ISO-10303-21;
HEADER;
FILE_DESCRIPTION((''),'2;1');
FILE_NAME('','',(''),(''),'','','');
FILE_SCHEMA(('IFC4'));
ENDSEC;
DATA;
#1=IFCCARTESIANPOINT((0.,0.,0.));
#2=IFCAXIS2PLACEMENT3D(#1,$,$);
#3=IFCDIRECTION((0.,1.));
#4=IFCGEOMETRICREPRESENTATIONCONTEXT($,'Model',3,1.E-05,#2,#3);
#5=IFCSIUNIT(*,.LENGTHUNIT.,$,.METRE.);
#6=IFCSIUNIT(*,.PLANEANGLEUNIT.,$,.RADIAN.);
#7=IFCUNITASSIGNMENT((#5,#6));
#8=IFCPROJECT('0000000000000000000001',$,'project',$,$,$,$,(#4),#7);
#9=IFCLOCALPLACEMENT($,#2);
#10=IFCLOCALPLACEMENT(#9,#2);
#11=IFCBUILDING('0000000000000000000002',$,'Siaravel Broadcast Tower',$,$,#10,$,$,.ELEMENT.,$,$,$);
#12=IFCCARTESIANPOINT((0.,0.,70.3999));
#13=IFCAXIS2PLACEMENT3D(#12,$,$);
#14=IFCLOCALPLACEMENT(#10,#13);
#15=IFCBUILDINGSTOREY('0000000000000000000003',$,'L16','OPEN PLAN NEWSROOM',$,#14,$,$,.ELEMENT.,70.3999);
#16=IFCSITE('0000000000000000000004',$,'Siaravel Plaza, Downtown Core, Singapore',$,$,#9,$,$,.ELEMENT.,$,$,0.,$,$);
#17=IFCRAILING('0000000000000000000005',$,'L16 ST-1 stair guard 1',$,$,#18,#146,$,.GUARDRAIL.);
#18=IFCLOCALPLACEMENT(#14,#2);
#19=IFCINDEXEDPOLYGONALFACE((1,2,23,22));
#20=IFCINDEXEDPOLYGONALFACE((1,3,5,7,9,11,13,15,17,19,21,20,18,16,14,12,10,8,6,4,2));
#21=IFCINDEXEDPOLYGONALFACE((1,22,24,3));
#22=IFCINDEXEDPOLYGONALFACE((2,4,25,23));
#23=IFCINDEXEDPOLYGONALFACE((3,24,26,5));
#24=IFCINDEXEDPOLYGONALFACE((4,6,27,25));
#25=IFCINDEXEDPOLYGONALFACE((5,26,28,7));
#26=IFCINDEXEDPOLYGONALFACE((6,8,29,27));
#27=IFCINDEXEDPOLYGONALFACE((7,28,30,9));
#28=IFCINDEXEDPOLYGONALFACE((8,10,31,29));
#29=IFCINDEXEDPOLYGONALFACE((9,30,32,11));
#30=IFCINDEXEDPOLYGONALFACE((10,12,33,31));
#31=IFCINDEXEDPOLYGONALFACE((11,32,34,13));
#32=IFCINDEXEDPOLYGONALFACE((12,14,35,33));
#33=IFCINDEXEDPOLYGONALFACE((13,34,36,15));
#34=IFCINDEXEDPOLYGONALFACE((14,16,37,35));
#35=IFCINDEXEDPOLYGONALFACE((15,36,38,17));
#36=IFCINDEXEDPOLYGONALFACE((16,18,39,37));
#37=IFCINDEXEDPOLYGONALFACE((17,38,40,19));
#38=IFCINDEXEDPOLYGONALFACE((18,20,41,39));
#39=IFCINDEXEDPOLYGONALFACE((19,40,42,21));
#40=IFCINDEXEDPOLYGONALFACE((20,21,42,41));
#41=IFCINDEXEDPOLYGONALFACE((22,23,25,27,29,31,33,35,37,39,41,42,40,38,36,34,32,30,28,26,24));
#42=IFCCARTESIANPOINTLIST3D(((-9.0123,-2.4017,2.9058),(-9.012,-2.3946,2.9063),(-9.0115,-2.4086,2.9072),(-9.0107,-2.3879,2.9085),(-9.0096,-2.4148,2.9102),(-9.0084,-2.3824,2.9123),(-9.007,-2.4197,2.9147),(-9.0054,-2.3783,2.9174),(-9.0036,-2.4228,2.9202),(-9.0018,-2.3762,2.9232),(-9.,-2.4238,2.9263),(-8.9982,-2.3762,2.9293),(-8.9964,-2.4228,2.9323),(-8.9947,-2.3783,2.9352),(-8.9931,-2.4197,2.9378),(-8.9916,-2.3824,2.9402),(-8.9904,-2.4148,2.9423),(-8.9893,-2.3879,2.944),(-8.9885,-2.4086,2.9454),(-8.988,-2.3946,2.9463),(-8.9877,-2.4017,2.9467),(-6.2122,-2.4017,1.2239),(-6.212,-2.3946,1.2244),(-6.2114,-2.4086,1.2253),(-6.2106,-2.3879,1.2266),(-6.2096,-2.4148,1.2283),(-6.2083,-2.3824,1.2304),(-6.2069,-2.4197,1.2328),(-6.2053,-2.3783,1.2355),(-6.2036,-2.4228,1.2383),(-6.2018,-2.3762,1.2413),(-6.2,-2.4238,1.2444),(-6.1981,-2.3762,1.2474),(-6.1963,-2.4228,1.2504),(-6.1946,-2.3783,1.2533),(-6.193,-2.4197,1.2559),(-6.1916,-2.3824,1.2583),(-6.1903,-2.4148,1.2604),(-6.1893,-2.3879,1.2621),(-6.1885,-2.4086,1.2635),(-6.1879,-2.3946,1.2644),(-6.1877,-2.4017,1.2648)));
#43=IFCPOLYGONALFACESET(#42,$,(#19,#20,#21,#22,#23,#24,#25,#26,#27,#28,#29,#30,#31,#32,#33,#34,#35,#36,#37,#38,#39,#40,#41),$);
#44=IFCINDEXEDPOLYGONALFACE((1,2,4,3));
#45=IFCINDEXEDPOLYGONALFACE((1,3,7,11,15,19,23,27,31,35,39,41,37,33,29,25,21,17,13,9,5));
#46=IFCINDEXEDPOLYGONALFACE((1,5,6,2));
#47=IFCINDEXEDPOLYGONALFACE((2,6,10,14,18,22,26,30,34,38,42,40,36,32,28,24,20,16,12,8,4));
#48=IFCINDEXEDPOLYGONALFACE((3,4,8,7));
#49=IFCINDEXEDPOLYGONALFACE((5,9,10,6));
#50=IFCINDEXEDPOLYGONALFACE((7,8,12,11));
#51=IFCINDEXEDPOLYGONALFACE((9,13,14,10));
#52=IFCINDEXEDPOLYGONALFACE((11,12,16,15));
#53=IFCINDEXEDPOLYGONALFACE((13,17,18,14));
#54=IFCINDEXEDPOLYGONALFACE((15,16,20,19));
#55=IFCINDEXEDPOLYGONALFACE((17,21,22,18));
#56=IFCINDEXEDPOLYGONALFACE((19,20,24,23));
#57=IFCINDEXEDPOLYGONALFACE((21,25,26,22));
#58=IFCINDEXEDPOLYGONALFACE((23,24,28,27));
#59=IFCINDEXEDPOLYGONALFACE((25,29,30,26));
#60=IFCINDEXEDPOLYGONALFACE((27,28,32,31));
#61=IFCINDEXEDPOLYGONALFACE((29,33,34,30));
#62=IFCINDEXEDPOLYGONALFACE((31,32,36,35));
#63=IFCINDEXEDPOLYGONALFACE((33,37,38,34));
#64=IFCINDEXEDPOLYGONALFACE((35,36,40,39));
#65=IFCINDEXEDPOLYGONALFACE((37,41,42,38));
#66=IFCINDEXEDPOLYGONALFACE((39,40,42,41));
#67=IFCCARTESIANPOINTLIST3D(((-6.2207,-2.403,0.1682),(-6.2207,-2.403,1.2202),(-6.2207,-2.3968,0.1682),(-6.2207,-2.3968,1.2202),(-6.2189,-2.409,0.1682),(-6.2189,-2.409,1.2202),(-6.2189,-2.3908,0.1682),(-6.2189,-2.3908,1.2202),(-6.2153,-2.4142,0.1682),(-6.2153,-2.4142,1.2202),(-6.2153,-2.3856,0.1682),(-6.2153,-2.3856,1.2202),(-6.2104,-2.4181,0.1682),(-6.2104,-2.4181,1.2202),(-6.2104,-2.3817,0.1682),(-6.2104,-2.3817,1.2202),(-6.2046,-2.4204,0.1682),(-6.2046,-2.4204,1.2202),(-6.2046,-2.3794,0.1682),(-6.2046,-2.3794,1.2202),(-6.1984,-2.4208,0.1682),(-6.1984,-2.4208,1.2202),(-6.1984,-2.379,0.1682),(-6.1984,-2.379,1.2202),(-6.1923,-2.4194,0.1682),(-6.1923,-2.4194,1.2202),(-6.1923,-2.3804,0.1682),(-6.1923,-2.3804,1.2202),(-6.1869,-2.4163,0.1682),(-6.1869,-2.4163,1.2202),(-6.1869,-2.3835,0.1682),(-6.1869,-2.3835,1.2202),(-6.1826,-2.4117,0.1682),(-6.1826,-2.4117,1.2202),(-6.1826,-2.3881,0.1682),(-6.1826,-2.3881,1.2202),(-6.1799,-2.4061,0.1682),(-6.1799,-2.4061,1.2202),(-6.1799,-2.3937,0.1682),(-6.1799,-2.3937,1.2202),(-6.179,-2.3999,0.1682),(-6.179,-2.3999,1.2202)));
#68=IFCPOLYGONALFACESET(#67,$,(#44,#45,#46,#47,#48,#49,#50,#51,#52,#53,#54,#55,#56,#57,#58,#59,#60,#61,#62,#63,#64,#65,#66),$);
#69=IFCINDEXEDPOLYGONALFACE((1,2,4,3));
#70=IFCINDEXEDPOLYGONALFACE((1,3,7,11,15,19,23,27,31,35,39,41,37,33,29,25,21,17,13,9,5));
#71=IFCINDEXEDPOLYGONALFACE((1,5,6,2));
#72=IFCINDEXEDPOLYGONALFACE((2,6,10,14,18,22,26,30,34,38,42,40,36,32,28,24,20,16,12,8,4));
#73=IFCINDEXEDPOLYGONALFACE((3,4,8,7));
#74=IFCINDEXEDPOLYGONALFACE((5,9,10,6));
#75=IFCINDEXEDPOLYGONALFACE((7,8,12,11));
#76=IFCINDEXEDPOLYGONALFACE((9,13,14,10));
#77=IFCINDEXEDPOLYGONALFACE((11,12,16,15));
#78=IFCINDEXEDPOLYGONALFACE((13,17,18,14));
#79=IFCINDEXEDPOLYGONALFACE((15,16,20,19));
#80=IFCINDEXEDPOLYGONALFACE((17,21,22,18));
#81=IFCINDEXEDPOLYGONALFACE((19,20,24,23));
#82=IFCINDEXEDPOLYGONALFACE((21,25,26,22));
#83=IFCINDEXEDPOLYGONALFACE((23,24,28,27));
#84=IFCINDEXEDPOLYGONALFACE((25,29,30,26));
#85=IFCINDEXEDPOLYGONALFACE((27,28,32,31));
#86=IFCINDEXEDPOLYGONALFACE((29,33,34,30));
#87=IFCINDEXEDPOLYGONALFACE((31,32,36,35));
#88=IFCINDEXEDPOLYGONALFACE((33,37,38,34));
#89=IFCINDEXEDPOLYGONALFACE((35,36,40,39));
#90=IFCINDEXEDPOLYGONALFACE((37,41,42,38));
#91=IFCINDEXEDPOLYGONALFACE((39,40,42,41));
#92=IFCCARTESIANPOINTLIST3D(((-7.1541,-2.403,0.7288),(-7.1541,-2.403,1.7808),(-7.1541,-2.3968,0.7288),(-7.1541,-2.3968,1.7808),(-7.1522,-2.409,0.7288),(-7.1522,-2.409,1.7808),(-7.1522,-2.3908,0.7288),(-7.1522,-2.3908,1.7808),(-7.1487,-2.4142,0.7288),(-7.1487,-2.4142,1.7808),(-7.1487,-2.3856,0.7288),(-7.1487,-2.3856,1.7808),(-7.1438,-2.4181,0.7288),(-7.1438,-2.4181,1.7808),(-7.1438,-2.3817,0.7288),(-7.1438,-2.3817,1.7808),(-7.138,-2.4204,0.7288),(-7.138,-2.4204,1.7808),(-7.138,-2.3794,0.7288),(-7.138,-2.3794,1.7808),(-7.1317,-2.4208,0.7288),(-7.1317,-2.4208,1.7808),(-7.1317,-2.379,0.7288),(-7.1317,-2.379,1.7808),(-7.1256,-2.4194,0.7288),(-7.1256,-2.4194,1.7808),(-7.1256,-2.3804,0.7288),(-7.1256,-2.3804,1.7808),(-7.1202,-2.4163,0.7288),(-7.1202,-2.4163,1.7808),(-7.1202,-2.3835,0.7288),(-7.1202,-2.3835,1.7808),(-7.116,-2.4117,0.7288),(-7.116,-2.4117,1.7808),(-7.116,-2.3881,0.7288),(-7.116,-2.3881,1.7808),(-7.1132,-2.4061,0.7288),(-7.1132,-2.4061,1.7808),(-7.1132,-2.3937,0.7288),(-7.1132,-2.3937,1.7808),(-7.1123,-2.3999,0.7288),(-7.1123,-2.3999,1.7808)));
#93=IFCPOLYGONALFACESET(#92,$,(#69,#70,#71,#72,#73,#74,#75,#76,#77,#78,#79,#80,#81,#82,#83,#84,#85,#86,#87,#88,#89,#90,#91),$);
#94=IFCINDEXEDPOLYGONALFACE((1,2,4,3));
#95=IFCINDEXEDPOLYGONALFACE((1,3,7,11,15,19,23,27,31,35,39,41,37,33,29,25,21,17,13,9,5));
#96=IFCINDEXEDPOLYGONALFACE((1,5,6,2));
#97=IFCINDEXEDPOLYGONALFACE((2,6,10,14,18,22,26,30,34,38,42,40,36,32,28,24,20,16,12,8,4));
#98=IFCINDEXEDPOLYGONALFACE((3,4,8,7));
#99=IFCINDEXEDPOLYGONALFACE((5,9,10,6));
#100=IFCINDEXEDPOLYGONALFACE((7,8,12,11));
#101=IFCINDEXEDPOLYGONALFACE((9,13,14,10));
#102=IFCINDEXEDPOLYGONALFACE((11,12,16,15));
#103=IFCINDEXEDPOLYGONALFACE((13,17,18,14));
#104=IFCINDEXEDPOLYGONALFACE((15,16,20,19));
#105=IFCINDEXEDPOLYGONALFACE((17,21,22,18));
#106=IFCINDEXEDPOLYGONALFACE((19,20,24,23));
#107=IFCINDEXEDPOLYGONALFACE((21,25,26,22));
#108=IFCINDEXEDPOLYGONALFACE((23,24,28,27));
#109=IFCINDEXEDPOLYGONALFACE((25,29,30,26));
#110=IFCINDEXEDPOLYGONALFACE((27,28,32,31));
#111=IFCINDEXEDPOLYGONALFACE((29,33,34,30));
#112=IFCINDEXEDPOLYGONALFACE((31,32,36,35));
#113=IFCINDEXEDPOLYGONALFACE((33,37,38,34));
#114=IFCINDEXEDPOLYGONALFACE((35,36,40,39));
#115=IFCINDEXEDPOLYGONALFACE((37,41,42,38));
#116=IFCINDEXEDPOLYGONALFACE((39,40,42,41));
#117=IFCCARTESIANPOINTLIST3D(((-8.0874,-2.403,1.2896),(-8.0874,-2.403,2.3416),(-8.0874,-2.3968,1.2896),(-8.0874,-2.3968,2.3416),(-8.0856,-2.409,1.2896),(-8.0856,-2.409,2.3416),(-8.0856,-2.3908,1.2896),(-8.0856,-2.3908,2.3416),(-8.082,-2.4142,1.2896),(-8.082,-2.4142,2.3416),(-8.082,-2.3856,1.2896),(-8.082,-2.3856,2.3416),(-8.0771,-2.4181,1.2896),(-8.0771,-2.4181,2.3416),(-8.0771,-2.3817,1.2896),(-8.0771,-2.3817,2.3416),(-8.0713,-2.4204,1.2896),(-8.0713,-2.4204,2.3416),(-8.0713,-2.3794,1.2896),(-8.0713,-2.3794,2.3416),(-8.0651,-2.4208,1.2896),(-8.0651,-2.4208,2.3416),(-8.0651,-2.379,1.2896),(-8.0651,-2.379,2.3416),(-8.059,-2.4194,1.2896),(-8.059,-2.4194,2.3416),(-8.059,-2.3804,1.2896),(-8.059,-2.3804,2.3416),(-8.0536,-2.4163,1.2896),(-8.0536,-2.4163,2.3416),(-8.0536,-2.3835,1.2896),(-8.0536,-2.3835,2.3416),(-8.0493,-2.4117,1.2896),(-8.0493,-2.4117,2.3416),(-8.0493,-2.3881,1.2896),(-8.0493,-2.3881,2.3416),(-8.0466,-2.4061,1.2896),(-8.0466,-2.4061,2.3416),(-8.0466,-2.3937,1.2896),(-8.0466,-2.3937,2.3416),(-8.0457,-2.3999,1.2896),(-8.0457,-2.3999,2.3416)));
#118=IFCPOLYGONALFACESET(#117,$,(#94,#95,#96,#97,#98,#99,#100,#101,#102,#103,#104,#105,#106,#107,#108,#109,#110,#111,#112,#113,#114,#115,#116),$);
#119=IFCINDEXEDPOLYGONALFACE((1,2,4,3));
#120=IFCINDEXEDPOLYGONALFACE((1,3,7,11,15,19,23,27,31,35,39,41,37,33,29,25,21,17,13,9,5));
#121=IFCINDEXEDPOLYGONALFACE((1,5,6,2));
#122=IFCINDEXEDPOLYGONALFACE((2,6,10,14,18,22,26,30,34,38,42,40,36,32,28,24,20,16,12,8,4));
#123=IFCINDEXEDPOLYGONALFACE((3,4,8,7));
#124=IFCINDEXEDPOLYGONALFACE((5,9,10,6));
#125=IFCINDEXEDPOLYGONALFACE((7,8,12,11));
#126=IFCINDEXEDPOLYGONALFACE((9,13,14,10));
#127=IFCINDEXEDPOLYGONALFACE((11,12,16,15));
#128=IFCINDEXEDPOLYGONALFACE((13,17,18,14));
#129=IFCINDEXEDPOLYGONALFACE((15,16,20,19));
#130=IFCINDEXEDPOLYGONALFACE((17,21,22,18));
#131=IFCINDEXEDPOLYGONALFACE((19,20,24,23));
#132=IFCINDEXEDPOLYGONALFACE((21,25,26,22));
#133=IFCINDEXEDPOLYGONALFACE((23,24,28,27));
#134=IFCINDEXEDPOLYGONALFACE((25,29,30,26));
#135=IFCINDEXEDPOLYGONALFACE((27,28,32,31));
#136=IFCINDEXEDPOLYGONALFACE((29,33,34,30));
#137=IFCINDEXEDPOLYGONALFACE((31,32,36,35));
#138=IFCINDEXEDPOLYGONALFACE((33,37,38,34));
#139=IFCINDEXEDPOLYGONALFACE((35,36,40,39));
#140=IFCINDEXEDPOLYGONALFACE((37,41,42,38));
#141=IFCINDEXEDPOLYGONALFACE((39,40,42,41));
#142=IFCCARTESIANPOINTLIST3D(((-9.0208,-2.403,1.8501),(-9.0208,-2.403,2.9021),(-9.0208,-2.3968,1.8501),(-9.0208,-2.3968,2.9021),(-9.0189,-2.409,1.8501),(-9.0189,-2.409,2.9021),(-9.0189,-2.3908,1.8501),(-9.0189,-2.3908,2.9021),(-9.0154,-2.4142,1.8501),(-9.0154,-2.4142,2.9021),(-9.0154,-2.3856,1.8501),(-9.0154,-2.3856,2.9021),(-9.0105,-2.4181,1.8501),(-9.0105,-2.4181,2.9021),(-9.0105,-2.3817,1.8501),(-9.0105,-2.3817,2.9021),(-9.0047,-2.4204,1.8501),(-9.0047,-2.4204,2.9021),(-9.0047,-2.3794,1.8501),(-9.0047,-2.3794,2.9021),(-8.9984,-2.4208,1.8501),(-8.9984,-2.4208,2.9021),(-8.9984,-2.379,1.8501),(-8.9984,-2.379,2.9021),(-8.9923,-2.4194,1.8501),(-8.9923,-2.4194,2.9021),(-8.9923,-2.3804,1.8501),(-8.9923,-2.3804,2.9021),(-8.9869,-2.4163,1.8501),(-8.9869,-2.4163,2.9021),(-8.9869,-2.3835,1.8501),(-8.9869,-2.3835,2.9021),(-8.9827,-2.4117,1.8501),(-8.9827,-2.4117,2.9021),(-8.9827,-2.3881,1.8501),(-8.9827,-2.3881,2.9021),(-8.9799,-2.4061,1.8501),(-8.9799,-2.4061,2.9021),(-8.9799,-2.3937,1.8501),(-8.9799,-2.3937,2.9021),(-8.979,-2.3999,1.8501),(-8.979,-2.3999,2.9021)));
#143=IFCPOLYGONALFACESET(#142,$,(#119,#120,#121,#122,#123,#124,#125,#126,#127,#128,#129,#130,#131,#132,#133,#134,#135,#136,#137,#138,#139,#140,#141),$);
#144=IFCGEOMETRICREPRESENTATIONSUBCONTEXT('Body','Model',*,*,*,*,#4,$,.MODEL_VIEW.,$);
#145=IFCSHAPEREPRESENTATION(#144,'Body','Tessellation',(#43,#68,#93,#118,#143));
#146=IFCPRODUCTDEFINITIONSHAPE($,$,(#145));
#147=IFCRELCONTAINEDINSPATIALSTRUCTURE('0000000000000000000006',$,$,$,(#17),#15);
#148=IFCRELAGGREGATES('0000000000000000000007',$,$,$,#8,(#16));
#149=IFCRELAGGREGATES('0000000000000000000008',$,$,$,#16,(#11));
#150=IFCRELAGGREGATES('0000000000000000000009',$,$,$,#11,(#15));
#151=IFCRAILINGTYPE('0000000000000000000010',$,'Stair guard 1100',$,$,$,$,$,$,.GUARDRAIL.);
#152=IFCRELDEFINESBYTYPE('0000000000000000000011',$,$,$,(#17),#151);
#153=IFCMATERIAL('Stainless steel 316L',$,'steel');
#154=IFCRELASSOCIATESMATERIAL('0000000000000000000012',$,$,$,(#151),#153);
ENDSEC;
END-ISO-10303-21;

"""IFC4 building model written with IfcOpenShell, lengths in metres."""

from ifc_helpers import new_model, si_unit, direction, frame, origin, origin_2d, place, context, subcontext, project, spatial, circle, extrude, material, type_object, element, save


model = new_model("IFC4")

# Units and contexts
model_context = context("Model", 3, precision=1e-05, world=origin(), true_north=direction((0.0, 1.0)))
body_context = subcontext(model_context, "Body", "Model", "MODEL_VIEW")
ifc_project = project(units=[si_unit("LENGTHUNIT", "METRE"), si_unit("PLANEANGLEUNIT", "RADIAN")], contexts=[model_context])

# Site, building, storey
site_placement = place(None, origin())
site = spatial("IfcSite", under=ifc_project, at=site_placement, Name="Siaravel Plaza, Downtown Core, Singapore", CompositionType="ELEMENT", RefElevation=0.0)
building_placement = place(site_placement, origin())
building = spatial("IfcBuilding", under=site, at=building_placement, Name="Siaravel Broadcast Tower", CompositionType="ELEMENT")
storey_placement = place(building_placement, frame((0.0, 0.0, 70.3999)))
storey = spatial("IfcBuildingStorey", under=building, at=storey_placement, Name="L16", Description="OPEN PLAN NEWSROOM", CompositionType="ELEMENT", Elevation=70.3999)

# Shared definitions
ifc_material_1 = material(Name="Stainless steel 316L", Category="steel")

# Railing
railing_type_1 = type_object("IfcRailingType", Name="Stair guard 1100", PredefinedType="GUARDRAIL", material=ifc_material_1)
railing_1_placement = place(storey_placement, frame((-6.2, -2.3999, 0.1682)))
element("IfcRailing", 1, at=railing_1_placement, inside=storey, type_object=railing_type_1, Name="L16 ST-1 stair guard 1", PredefinedType="GUARDRAIL", context=body_context, shape_type="SweptSolid", body=[
    extrude(circle(Radius=0.0239, at=origin_2d()), frame((0.0, 0.0, 1.0762), z_axis=(-0.857242, 0.0, 0.514913), x_axis=(0.0, -1.0, 0.0)), (0.0, 0.0, 1.0), 3.2664),
    extrude(circle(Radius=0.021, at=origin_2d()), origin(), (0.0, 0.0, 1.0), 1.052),
    extrude(circle(Radius=0.021, at=origin_2d()), frame((-0.9333, 0.0, 0.5605)), (0.0, 0.0, 1.0), 1.052),
    extrude(circle(Radius=0.021, at=origin_2d()), frame((-1.8667, 0.0, 1.1213)), (0.0, 0.0, 1.0), 1.052),
    extrude(circle(Radius=0.021, at=origin_2d()), frame((-2.8, 0.0, 1.6819)), (0.0, 0.0, 1.0), 1.052),
])

save(model, "model.ifc")
